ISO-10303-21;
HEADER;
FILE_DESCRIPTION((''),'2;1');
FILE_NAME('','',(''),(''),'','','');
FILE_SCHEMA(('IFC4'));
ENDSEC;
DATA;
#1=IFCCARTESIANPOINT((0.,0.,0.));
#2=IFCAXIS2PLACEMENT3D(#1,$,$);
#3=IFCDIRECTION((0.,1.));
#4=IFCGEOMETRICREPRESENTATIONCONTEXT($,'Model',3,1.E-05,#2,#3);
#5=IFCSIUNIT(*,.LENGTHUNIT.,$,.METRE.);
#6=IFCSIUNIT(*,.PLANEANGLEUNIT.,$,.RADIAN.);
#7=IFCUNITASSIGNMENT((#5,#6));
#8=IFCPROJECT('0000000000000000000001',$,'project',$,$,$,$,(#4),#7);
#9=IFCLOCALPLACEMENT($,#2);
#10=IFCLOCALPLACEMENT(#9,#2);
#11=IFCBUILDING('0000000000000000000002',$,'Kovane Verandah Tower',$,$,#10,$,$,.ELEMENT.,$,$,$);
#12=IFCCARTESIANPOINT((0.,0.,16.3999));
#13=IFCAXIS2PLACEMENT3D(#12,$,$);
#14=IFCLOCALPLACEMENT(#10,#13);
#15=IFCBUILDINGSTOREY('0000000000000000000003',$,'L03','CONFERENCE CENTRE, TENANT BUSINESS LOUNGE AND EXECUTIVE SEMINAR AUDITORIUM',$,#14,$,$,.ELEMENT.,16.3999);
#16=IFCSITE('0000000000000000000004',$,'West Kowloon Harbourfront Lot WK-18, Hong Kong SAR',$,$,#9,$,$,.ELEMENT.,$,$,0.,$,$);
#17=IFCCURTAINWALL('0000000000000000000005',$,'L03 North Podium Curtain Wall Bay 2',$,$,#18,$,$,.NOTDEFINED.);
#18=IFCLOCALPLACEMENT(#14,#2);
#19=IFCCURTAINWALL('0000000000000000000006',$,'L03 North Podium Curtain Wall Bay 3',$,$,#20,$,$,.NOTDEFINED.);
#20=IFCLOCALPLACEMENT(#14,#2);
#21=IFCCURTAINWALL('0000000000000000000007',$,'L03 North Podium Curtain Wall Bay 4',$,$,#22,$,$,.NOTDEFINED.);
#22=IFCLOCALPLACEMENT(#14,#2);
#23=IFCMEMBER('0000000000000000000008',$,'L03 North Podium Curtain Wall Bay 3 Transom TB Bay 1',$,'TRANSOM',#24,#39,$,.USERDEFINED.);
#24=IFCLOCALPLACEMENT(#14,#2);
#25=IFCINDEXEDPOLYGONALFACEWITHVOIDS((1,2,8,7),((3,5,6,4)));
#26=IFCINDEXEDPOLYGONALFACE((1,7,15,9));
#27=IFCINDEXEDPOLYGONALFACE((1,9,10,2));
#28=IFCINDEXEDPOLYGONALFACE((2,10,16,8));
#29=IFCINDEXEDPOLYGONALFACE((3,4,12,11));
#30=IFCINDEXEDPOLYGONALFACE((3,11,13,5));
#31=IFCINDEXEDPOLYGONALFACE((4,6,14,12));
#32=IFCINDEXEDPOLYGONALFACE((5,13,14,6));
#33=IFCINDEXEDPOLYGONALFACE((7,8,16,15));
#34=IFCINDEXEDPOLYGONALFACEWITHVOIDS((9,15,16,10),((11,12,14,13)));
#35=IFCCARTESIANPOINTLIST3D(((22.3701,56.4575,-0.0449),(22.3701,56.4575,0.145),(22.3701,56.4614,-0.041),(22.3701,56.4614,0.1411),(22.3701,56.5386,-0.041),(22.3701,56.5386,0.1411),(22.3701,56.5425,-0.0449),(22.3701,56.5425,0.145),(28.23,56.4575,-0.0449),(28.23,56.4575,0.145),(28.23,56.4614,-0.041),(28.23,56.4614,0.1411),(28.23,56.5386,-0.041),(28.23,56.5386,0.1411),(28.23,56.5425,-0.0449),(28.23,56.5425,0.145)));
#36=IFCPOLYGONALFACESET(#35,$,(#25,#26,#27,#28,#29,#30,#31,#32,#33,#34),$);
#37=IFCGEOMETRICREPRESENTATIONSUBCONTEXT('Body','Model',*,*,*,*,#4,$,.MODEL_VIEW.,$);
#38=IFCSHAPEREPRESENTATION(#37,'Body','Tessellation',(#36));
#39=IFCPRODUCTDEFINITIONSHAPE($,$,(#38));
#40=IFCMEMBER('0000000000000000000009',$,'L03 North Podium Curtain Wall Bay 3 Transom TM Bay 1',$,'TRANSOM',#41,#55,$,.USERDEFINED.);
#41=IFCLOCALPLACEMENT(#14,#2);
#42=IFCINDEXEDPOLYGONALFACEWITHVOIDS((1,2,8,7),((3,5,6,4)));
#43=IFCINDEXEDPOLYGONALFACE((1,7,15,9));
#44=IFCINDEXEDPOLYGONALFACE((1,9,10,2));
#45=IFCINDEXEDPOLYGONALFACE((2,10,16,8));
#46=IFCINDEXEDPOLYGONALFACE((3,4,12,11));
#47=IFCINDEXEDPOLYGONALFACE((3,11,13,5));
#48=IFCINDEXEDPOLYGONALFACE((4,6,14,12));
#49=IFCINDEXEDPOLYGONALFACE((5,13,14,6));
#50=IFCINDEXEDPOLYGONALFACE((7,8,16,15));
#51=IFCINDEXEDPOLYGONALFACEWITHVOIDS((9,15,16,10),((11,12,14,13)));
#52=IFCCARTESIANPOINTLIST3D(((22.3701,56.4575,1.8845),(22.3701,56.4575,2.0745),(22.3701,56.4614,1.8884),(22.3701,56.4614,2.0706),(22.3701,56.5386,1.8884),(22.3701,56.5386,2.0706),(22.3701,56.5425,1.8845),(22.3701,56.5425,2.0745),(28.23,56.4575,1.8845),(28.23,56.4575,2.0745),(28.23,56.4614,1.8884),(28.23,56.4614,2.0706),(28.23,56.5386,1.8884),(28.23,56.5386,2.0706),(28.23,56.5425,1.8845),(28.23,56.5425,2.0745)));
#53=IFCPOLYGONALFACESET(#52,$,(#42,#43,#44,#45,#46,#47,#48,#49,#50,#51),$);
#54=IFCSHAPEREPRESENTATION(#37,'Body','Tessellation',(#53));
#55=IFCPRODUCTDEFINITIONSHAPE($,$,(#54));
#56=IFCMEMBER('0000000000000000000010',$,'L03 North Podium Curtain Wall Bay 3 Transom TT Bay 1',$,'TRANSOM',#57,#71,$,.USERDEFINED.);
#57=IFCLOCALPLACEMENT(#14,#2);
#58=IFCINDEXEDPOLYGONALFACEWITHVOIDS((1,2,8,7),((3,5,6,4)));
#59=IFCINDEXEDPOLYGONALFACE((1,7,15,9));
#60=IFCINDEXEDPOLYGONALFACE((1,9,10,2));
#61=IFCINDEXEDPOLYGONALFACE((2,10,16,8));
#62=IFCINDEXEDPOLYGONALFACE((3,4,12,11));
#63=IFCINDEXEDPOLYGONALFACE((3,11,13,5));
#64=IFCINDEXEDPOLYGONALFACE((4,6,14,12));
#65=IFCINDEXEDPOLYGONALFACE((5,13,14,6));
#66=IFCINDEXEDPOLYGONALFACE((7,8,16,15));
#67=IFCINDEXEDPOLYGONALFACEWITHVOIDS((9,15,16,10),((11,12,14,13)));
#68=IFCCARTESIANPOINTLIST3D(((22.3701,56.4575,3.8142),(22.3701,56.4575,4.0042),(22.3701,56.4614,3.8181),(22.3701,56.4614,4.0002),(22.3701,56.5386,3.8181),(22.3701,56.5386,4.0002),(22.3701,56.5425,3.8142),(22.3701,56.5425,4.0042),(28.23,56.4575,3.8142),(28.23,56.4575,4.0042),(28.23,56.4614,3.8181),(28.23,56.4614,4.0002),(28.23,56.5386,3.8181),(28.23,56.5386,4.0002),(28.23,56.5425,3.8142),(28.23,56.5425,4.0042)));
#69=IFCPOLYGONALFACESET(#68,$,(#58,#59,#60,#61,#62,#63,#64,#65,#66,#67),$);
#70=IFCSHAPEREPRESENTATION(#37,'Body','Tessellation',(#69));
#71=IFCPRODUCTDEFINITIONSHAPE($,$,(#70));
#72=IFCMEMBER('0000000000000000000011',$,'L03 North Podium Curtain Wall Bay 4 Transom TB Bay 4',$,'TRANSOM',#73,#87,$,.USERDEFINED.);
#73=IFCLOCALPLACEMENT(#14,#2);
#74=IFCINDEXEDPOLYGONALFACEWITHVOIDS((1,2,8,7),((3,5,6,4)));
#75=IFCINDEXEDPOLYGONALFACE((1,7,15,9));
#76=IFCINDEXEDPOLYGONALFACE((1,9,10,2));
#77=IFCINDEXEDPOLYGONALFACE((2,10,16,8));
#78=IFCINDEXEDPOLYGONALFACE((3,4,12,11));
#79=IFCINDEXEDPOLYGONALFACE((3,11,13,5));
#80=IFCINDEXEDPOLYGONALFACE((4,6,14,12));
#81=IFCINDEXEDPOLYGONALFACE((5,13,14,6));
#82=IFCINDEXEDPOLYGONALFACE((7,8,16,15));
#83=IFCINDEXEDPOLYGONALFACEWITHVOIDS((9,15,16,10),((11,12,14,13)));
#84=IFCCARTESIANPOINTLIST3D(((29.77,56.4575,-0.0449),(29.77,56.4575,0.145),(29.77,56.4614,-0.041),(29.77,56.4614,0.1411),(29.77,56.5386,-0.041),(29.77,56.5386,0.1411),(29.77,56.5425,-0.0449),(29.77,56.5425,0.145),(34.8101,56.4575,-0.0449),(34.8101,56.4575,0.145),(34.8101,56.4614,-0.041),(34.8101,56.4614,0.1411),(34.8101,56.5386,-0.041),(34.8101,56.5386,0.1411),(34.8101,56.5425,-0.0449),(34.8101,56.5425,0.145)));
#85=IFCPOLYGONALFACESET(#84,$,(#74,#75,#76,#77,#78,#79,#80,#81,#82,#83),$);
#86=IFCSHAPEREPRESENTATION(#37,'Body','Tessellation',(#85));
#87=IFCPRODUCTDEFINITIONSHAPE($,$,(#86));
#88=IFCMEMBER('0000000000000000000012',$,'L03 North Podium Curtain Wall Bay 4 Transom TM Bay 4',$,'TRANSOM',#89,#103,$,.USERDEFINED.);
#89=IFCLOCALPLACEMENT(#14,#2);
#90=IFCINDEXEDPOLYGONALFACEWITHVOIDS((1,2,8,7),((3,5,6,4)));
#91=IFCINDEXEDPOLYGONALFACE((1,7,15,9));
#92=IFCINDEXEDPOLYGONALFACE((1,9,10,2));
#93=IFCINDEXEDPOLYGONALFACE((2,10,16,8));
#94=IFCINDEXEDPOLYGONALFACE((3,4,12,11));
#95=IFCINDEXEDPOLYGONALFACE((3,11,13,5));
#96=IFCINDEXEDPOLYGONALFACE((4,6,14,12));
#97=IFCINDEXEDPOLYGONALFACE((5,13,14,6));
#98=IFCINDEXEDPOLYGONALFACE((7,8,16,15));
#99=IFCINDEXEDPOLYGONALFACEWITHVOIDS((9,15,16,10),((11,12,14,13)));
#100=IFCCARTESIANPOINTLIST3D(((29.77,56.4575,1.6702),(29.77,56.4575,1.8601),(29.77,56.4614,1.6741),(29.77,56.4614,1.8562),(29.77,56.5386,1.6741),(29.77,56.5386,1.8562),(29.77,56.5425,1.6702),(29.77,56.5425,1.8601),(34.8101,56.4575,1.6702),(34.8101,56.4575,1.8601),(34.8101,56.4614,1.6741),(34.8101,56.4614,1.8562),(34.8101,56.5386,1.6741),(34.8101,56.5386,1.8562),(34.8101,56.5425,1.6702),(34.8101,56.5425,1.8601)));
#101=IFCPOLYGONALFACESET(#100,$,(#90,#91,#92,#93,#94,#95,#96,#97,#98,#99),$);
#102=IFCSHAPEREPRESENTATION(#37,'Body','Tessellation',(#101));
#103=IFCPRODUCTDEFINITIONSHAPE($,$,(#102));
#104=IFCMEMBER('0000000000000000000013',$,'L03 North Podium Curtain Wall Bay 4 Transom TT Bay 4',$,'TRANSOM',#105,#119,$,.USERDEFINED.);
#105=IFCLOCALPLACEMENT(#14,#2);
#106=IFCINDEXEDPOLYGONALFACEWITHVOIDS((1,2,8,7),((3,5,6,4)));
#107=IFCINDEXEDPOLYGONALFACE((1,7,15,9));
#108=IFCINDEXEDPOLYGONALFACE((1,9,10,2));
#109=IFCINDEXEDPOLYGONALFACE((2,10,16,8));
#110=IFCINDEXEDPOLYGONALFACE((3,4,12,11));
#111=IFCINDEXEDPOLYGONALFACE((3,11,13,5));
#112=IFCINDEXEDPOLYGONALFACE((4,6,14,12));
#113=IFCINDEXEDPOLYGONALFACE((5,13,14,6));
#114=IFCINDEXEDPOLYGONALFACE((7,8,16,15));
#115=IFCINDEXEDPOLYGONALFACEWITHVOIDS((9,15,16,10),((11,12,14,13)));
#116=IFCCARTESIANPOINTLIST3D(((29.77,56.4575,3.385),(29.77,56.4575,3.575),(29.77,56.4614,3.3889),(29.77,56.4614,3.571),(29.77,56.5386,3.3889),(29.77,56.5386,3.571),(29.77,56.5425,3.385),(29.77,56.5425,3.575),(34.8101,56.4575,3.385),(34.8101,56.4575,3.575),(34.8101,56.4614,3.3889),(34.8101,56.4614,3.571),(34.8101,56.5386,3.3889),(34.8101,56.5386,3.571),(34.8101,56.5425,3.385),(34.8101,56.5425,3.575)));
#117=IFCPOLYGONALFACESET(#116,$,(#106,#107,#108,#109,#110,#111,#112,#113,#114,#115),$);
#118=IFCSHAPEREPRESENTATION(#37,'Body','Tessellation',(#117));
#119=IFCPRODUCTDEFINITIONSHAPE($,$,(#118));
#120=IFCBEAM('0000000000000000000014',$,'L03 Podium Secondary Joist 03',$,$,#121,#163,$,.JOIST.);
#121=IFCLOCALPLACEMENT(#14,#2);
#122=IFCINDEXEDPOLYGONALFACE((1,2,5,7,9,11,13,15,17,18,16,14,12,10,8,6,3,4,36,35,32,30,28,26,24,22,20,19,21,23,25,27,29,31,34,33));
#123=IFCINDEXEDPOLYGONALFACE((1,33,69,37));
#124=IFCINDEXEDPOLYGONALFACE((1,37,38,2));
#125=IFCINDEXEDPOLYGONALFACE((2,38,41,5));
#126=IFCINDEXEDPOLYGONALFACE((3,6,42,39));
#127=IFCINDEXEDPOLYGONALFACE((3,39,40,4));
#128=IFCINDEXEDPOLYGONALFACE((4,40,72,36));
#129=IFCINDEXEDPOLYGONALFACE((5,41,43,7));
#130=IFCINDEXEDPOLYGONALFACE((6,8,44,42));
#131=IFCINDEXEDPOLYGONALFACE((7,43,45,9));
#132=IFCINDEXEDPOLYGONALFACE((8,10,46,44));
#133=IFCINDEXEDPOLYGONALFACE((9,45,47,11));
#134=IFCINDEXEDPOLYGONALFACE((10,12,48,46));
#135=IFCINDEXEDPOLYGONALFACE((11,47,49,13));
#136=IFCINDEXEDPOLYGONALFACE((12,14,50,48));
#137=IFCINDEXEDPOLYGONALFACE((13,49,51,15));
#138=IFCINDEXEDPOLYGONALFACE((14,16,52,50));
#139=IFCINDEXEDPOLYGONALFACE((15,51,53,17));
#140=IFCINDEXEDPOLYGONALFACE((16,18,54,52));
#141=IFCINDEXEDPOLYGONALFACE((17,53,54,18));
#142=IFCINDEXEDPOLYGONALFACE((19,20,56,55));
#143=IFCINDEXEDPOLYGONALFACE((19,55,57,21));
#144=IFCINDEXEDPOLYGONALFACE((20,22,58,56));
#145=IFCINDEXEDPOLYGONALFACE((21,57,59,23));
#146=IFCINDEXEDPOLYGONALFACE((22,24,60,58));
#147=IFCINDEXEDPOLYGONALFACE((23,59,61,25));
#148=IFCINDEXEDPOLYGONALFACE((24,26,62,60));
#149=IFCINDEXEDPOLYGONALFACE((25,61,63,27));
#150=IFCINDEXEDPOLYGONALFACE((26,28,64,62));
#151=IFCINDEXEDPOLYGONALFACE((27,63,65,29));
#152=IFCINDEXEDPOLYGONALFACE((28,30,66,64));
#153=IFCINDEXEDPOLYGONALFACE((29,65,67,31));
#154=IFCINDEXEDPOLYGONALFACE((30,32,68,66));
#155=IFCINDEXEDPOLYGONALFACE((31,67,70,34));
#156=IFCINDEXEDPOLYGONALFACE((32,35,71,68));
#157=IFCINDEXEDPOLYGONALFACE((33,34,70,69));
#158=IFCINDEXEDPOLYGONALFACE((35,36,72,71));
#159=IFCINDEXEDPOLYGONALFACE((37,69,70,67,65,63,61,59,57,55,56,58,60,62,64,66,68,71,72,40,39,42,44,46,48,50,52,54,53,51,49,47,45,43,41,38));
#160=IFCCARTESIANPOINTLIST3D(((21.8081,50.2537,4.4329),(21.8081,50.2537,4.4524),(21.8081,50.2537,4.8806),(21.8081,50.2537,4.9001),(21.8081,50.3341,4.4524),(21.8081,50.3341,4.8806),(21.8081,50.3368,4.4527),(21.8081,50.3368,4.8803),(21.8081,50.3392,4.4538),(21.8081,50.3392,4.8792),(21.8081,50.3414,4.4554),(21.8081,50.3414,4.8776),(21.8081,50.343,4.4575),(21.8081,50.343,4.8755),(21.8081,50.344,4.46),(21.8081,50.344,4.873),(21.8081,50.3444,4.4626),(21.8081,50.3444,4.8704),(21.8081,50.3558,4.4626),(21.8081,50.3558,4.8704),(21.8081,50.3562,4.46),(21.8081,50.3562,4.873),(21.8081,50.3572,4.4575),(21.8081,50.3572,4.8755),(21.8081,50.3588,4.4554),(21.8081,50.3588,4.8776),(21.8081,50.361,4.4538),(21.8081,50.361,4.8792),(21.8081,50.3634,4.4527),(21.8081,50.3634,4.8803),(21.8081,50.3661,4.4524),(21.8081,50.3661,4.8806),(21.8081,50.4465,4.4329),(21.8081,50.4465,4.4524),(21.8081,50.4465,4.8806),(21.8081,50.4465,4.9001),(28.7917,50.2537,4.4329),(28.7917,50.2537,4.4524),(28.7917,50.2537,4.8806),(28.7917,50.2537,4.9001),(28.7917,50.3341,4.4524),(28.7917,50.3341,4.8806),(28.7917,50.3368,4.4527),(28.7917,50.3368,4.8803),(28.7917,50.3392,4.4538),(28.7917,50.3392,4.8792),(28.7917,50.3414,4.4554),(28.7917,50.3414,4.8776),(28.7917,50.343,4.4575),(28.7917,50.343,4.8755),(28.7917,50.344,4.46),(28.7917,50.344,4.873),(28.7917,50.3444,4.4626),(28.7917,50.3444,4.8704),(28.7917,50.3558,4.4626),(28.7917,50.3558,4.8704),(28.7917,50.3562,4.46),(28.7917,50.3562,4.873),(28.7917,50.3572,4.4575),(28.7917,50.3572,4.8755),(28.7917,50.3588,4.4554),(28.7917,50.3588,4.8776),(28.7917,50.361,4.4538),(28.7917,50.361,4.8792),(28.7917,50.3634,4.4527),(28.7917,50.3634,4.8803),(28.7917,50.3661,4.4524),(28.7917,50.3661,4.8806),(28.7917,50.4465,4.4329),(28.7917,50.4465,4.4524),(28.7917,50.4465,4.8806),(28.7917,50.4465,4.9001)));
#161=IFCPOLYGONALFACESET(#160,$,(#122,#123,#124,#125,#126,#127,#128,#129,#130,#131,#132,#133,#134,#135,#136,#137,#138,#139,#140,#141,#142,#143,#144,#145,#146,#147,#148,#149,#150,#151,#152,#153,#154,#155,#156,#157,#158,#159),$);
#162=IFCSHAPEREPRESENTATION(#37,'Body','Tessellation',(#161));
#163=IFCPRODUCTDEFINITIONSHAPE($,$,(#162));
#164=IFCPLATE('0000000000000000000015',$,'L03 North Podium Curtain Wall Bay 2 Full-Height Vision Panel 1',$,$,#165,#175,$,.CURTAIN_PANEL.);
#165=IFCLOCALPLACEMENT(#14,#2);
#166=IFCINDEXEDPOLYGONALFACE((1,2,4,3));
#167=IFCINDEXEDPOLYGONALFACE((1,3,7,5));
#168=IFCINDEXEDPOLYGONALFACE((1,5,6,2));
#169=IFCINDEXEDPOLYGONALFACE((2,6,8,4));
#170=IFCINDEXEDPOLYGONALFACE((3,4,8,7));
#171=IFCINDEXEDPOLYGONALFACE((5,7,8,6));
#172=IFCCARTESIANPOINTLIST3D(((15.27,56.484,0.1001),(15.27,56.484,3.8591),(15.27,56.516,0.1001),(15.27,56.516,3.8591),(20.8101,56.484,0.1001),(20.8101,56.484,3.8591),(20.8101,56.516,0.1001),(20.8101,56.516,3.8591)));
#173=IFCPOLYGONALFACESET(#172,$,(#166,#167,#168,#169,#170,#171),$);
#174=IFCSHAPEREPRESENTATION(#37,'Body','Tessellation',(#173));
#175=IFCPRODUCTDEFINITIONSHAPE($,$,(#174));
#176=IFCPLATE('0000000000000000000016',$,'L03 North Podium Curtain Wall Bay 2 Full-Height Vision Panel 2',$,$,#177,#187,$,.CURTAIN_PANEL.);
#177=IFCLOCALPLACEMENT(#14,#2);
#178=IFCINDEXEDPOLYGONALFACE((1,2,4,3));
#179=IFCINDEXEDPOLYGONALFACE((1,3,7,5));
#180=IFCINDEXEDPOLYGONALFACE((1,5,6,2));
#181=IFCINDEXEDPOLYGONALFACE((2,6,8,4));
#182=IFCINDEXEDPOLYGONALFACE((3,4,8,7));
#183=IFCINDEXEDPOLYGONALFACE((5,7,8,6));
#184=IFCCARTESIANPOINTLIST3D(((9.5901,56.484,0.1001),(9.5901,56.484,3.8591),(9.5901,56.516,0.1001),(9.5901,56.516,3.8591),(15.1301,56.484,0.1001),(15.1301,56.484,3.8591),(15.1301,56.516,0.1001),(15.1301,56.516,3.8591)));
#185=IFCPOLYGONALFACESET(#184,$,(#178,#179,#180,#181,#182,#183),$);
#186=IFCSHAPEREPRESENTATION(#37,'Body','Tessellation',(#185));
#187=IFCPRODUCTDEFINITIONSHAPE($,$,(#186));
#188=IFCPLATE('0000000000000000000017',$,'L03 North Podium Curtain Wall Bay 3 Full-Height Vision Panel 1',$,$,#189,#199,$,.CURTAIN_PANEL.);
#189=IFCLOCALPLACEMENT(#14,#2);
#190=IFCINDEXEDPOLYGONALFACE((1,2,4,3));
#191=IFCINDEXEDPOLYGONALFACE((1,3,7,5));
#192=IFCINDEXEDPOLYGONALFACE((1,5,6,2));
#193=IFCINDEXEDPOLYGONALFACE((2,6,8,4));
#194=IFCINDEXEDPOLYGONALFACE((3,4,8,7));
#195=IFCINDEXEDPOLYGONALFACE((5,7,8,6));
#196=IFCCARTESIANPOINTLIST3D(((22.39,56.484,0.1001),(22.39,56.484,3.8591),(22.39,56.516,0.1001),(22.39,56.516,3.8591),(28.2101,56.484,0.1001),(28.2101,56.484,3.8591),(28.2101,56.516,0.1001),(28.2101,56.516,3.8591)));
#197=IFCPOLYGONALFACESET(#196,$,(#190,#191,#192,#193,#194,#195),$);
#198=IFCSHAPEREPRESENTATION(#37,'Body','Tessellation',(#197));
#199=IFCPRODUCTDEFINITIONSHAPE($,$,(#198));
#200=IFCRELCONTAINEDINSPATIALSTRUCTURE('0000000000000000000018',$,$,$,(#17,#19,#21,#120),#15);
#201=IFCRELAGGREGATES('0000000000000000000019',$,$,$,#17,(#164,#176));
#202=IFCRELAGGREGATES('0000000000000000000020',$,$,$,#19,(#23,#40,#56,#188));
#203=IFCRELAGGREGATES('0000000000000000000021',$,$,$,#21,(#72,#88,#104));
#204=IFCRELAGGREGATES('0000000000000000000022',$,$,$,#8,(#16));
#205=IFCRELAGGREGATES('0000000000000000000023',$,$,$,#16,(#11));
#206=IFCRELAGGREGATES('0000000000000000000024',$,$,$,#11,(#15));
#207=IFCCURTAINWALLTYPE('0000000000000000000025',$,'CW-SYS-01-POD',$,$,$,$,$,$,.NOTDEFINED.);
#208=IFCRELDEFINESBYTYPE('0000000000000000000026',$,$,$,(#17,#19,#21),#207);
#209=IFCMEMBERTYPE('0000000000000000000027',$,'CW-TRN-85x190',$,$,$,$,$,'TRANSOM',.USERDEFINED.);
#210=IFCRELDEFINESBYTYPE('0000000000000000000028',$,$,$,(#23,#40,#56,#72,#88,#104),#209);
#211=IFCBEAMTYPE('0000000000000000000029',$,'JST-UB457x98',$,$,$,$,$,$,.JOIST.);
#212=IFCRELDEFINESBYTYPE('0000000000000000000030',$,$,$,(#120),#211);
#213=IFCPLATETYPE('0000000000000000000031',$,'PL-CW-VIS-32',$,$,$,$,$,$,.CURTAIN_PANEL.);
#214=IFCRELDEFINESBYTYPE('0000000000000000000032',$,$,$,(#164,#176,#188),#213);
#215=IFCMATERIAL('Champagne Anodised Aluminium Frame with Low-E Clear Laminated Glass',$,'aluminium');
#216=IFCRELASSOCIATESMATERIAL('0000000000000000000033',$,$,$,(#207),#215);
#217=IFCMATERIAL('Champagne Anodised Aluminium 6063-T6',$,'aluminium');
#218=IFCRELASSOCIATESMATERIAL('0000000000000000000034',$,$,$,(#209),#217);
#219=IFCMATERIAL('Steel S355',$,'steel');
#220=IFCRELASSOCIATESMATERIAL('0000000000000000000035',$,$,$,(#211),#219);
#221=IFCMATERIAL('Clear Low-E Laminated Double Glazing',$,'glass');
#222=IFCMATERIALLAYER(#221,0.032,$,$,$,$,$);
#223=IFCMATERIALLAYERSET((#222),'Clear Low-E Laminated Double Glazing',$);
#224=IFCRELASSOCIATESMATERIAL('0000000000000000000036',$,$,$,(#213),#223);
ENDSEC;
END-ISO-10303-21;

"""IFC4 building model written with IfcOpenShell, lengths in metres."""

from ifc_helpers import new_model, si_unit, direction, frame, origin, origin_2d, place, context, subcontext, project, spatial, rectangle, hollow_rectangle, i_section, extrude, material, layer, layer_set, material_profile, profile_set, type_object, element, aggregate, save


model = new_model("IFC4")

# Units and contexts
model_context = context("Model", 3, precision=1e-05, world=origin(), true_north=direction((0.0, 1.0)))
body_context = subcontext(model_context, "Body", "Model", "MODEL_VIEW")
ifc_project = project(units=[si_unit("LENGTHUNIT", "METRE"), si_unit("PLANEANGLEUNIT", "RADIAN")], contexts=[model_context])

# Site, building, storey
site_placement = place(None, origin())
site = spatial("IfcSite", under=ifc_project, at=site_placement, Name="West Kowloon Harbourfront Lot WK-18, Hong Kong SAR", CompositionType="ELEMENT", RefElevation=0.0)
building_placement = place(site_placement, origin())
building = spatial("IfcBuilding", under=site, at=building_placement, Name="Kovane Verandah Tower", CompositionType="ELEMENT")
storey_placement = place(building_placement, frame((0.0, 0.0, 16.3999)))
storey = spatial("IfcBuildingStorey", under=building, at=storey_placement, Name="L03", Description="CONFERENCE CENTRE, TENANT BUSINESS LOUNGE AND EXECUTIVE SEMINAR AUDITORIUM", CompositionType="ELEMENT", Elevation=16.3999)

# Curtain walls
ifc_material_1 = material(Name="Champagne Anodised Aluminium Frame with Low-E Clear Laminated Glass", Category="aluminium")
curtain_wall_type = type_object("IfcCurtainWallType", Name="CW-SYS-01-POD", PredefinedType="NOTDEFINED", material=ifc_material_1)
curtain_wall_1_placement = place(storey_placement, origin())
curtain_wall_1 = element("IfcCurtainWall", 1, at=curtain_wall_1_placement, inside=storey, type_object=curtain_wall_type, Name="L03 North Podium Curtain Wall Bay 2", PredefinedType="NOTDEFINED")
ifc_material_2 = material(Name="Champagne Anodised Aluminium 6063-T6", Category="aluminium")
curtain_wall_2_placement = place(storey_placement, origin())
curtain_wall_2 = element("IfcCurtainWall", 2, at=curtain_wall_2_placement, inside=storey, type_object=curtain_wall_type, Name="L03 North Podium Curtain Wall Bay 3", PredefinedType="NOTDEFINED")
curtain_wall_3_placement = place(storey_placement, origin())
curtain_wall_3 = element("IfcCurtainWall", 3, at=curtain_wall_3_placement, inside=storey, type_object=curtain_wall_type, Name="L03 North Podium Curtain Wall Bay 4", PredefinedType="NOTDEFINED")

# Members
ifc_material_profile_1 = material_profile(ifc_material_2, hollow_rectangle(XDim=0.085, YDim=0.1899, WallThickness=0.0039, at=origin_2d()), Name="AL85x190x4")
ifc_profile_set_1 = profile_set([ifc_material_profile_1], Name="Champagne Anodised Aluminium 6063-T6")
member_type_1 = type_object("IfcMemberType", Name="CW-TRN-85x190", ElementType="TRANSOM", PredefinedType="USERDEFINED", material=ifc_profile_set_1)
member_1_placement = place(storey_placement, frame((28.23, 56.5, 0.05), z_axis=(-1.0, 0.0, 0.0), x_axis=(0.0, -1.0, 0.0)))
member_1 = element("IfcMember", 4, at=member_1_placement, type_object=member_type_1, Name="L03 North Podium Curtain Wall Bay 3 Transom TB Bay 1", ObjectType="TRANSOM", PredefinedType="USERDEFINED", context=body_context, shape_type="SweptSolid", body=[
    extrude(hollow_rectangle(XDim=0.085, YDim=0.1899, WallThickness=0.0039, at=origin_2d()), origin(), (0.0, 0.0, 1.0), 5.8599),
])
member_2_placement = place(storey_placement, frame((28.23, 56.5, 1.9795), z_axis=(-1.0, 0.0, 0.0), x_axis=(0.0, -1.0, 0.0)))
member_2 = element("IfcMember", 5, at=member_2_placement, type_object=member_type_1, Name="L03 North Podium Curtain Wall Bay 3 Transom TM Bay 1", ObjectType="TRANSOM", PredefinedType="USERDEFINED", context=body_context, shape_type="SweptSolid", body=[
    extrude(hollow_rectangle(XDim=0.085, YDim=0.1899, WallThickness=0.0039, at=origin_2d()), origin(), (0.0, 0.0, 1.0), 5.8599),
])
member_3_placement = place(storey_placement, frame((28.23, 56.5, 3.9092), z_axis=(-1.0, 0.0, 0.0), x_axis=(0.0, -1.0, 0.0)))
member_3 = element("IfcMember", 6, at=member_3_placement, type_object=member_type_1, Name="L03 North Podium Curtain Wall Bay 3 Transom TT Bay 1", ObjectType="TRANSOM", PredefinedType="USERDEFINED", context=body_context, shape_type="SweptSolid", body=[
    extrude(hollow_rectangle(XDim=0.085, YDim=0.1899, WallThickness=0.0039, at=origin_2d()), origin(), (0.0, 0.0, 1.0), 5.8599),
])
member_4_placement = place(storey_placement, frame((34.8101, 56.5, 0.05), z_axis=(-1.0, 0.0, 0.0), x_axis=(0.0, -1.0, 0.0)))
member_4 = element("IfcMember", 7, at=member_4_placement, type_object=member_type_1, Name="L03 North Podium Curtain Wall Bay 4 Transom TB Bay 4", ObjectType="TRANSOM", PredefinedType="USERDEFINED", context=body_context, shape_type="SweptSolid", body=[
    extrude(hollow_rectangle(XDim=0.085, YDim=0.1899, WallThickness=0.0039, at=origin_2d()), origin(), (0.0, 0.0, 1.0), 5.04),
])
member_5_placement = place(storey_placement, frame((34.8101, 56.5, 1.7651), z_axis=(-1.0, 0.0, 0.0), x_axis=(0.0, -1.0, 0.0)))
member_5 = element("IfcMember", 8, at=member_5_placement, type_object=member_type_1, Name="L03 North Podium Curtain Wall Bay 4 Transom TM Bay 4", ObjectType="TRANSOM", PredefinedType="USERDEFINED", context=body_context, shape_type="SweptSolid", body=[
    extrude(hollow_rectangle(XDim=0.085, YDim=0.1899, WallThickness=0.0039, at=origin_2d()), origin(), (0.0, 0.0, 1.0), 5.04),
])
member_6_placement = place(storey_placement, frame((34.8101, 56.5, 3.48), z_axis=(-1.0, 0.0, 0.0), x_axis=(0.0, -1.0, 0.0)))
member_6 = element("IfcMember", 9, at=member_6_placement, type_object=member_type_1, Name="L03 North Podium Curtain Wall Bay 4 Transom TT Bay 4", ObjectType="TRANSOM", PredefinedType="USERDEFINED", context=body_context, shape_type="SweptSolid", body=[
    extrude(hollow_rectangle(XDim=0.085, YDim=0.1899, WallThickness=0.0039, at=origin_2d()), origin(), (0.0, 0.0, 1.0), 5.04),
])

# Beam
ifc_material_3 = material(Name="Steel S355", Category="steel")
ifc_material_profile_2 = material_profile(ifc_material_3, i_section(OverallWidth=0.1929, OverallDepth=0.4673, WebThickness=0.0115, FlangeThickness=0.0195, FilletRadius=0.0103, at=origin_2d()), Name="UB457x191x98")
ifc_profile_set_2 = profile_set([ifc_material_profile_2], Name="Steel S355")
beam_type_1 = type_object("IfcBeamType", Name="JST-UB457x98", PredefinedType="JOIST", material=ifc_profile_set_2)
beam_1_placement = place(storey_placement, frame((21.8081, 50.3501, 4.6665), z_axis=(1.0, 0.0, 0.0), x_axis=(0.0, 1.0, 0.0)))
element("IfcBeam", 10, at=beam_1_placement, inside=storey, type_object=beam_type_1, Name="L03 Podium Secondary Joist 03", PredefinedType="JOIST", context=body_context, shape_type="SweptSolid", body=[
    extrude(i_section(OverallWidth=0.1929, OverallDepth=0.4673, WebThickness=0.0115, FlangeThickness=0.0195, FilletRadius=0.0103, at=origin_2d()), origin(), (0.0, 0.0, 1.0), 6.9836),
])

# Plates
ifc_material_4 = material(Name="Clear Low-E Laminated Double Glazing", Category="glass")
ifc_layer = layer(ifc_material_4, 0.032)
ifc_layer_set = layer_set([ifc_layer], Name="Clear Low-E Laminated Double Glazing")
plate_type = type_object("IfcPlateType", Name="PL-CW-VIS-32", PredefinedType="CURTAIN_PANEL", material=ifc_layer_set)
plate_1_placement = place(storey_placement, frame((18.04, 56.5, 0.1001), z_axis=(0.0, 0.0, 1.0), x_axis=(-1.0, 0.0, 0.0)))
plate_1 = element("IfcPlate", 11, at=plate_1_placement, type_object=plate_type, Name="L03 North Podium Curtain Wall Bay 2 Full-Height Vision Panel 1", PredefinedType="CURTAIN_PANEL", context=body_context, shape_type="SweptSolid", body=[
    extrude(rectangle(XDim=5.54, YDim=0.032, at=origin_2d()), origin(), (0.0, 0.0, 1.0), 3.759),
])
plate_2_placement = place(storey_placement, frame((12.3601, 56.5, 0.1001), z_axis=(0.0, 0.0, 1.0), x_axis=(-1.0, 0.0, 0.0)))
plate_2 = element("IfcPlate", 12, at=plate_2_placement, type_object=plate_type, Name="L03 North Podium Curtain Wall Bay 2 Full-Height Vision Panel 2", PredefinedType="CURTAIN_PANEL", context=body_context, shape_type="SweptSolid", body=[
    extrude(rectangle(XDim=5.54, YDim=0.032, at=origin_2d()), origin(), (0.0, 0.0, 1.0), 3.759),
])
aggregate(curtain_wall_1, [plate_1, plate_2])
plate_3_placement = place(storey_placement, frame((25.3, 56.5, 0.1001), z_axis=(0.0, 0.0, 1.0), x_axis=(-1.0, 0.0, 0.0)))
plate_3 = element("IfcPlate", 13, at=plate_3_placement, type_object=plate_type, Name="L03 North Podium Curtain Wall Bay 3 Full-Height Vision Panel 1", PredefinedType="CURTAIN_PANEL", context=body_context, shape_type="SweptSolid", body=[
    extrude(rectangle(XDim=5.8201, YDim=0.032, at=origin_2d()), origin(), (0.0, 0.0, 1.0), 3.759),
])
aggregate(curtain_wall_2, [member_1, member_2, member_3, plate_3])
aggregate(curtain_wall_3, [member_4, member_5, member_6])

save(model, "model.ifc")
